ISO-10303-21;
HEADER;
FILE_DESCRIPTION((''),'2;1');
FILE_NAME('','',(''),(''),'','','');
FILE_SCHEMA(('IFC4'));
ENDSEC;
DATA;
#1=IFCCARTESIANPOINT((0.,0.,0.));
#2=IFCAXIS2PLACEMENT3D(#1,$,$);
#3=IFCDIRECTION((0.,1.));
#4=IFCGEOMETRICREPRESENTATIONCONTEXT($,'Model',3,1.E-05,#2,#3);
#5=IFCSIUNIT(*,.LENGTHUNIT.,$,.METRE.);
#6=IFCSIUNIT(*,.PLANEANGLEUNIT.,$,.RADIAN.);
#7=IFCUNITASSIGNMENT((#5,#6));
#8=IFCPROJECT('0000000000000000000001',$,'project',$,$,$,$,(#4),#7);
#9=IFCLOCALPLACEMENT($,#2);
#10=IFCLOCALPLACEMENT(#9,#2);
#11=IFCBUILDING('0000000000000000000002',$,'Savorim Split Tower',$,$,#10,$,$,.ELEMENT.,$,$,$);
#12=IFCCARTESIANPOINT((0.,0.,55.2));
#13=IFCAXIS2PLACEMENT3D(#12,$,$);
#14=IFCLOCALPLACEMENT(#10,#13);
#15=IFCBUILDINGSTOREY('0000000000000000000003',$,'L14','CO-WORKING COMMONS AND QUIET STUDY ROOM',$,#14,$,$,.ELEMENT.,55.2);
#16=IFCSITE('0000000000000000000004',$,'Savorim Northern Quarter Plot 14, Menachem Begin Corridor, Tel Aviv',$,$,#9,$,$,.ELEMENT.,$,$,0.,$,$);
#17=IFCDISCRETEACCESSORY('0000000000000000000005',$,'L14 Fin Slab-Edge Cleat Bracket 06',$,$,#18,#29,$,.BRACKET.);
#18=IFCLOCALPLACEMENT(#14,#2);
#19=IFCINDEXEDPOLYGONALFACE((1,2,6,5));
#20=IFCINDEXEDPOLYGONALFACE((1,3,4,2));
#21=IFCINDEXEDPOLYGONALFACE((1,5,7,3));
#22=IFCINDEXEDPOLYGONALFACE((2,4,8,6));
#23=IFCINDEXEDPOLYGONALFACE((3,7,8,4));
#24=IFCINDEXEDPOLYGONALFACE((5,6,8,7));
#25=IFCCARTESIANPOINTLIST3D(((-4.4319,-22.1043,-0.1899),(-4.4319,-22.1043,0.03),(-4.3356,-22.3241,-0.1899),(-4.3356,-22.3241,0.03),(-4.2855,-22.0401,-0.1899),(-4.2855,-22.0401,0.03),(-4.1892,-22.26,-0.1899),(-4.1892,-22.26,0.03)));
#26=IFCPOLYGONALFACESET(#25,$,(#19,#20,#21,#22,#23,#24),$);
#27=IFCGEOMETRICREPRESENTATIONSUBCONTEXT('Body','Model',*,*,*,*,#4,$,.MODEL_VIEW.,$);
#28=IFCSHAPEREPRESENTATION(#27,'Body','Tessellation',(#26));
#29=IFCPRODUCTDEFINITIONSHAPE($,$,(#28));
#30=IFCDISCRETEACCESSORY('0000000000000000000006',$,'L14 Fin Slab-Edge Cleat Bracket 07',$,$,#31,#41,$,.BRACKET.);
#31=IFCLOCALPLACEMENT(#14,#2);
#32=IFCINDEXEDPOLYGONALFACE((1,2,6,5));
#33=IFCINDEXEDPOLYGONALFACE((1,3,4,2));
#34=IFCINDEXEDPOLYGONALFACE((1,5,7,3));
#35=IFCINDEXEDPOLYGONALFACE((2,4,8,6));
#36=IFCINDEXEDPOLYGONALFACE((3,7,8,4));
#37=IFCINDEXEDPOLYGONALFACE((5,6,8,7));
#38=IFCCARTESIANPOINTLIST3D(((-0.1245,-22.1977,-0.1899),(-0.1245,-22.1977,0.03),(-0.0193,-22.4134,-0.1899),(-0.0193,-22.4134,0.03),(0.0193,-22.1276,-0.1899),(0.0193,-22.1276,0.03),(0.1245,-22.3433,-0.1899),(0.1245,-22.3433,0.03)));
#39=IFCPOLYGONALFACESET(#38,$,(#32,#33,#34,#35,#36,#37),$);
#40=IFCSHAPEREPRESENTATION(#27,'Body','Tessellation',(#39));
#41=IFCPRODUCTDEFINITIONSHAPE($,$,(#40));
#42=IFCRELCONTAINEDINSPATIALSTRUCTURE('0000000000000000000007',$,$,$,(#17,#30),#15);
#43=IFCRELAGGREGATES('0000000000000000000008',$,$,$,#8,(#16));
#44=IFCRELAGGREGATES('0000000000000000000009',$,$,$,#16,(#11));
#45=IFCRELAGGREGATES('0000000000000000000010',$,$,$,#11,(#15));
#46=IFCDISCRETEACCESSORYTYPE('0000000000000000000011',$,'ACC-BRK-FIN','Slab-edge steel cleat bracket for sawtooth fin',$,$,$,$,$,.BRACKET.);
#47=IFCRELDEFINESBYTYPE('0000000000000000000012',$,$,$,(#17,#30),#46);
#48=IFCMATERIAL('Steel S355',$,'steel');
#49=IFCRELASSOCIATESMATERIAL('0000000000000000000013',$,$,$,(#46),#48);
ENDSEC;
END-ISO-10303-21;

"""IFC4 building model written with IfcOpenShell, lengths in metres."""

from ifc_helpers import new_model, si_unit, direction, frame, origin, origin_2d, place, context, subcontext, project, spatial, rectangle, extrude, material, type_object, element, save


model = new_model("IFC4")

# Units and contexts
model_context = context("Model", 3, precision=1e-05, world=origin(), true_north=direction((0.0, 1.0)))
body_context = subcontext(model_context, "Body", "Model", "MODEL_VIEW")
ifc_project = project(units=[si_unit("LENGTHUNIT", "METRE"), si_unit("PLANEANGLEUNIT", "RADIAN")], contexts=[model_context])

# Site, building, storey
site_placement = place(None, origin())
site = spatial("IfcSite", under=ifc_project, at=site_placement, Name="Savorim Northern Quarter Plot 14, Menachem Begin Corridor, Tel Aviv", CompositionType="ELEMENT", RefElevation=0.0)
building_placement = place(site_placement, origin())
building = spatial("IfcBuilding", under=site, at=building_placement, Name="Savorim Split Tower", CompositionType="ELEMENT")
storey_placement = place(building_placement, frame((0.0, 0.0, 55.2)))
storey = spatial("IfcBuildingStorey", under=building, at=storey_placement, Name="L14", Description="CO-WORKING COMMONS AND QUIET STUDY ROOM", CompositionType="ELEMENT", Elevation=55.2)

# Shared definitions
ifc_material_1 = material(Name="Steel S355", Category="steel")

# Discrete accessories
discrete_accessory_type = type_object("IfcDiscreteAccessoryType", Name="ACC-BRK-FIN", Description="Slab-edge steel cleat bracket for sawtooth fin", PredefinedType="BRACKET", material=ifc_material_1)
for number, where, z_axis, x_axis, name in (
    (1, (-4.3105, -22.1821, -0.1899), (0.0, 0.0, 1.0), (0.40123, -0.915977, 0.0), "L14 Fin Slab-Edge Cleat Bracket 06"),
    (2, (0.0, -22.2705, -0.1899), (0.0, 0.0, 1.0), (0.438371, -0.898794, 0.0), "L14 Fin Slab-Edge Cleat Bracket 07"),
):
    element("IfcDiscreteAccessory", number, at=place(storey_placement, frame(where, z_axis=z_axis, x_axis=x_axis)), inside=storey, type_object=discrete_accessory_type, Name=name, PredefinedType="BRACKET", context=body_context, shape_type="SweptSolid", body=[
        extrude(rectangle(XDim=0.24, YDim=0.1599, at=origin_2d()), origin(), (0.0, 0.0, 1.0), 0.22),
    ])

save(model, "model.ifc")
